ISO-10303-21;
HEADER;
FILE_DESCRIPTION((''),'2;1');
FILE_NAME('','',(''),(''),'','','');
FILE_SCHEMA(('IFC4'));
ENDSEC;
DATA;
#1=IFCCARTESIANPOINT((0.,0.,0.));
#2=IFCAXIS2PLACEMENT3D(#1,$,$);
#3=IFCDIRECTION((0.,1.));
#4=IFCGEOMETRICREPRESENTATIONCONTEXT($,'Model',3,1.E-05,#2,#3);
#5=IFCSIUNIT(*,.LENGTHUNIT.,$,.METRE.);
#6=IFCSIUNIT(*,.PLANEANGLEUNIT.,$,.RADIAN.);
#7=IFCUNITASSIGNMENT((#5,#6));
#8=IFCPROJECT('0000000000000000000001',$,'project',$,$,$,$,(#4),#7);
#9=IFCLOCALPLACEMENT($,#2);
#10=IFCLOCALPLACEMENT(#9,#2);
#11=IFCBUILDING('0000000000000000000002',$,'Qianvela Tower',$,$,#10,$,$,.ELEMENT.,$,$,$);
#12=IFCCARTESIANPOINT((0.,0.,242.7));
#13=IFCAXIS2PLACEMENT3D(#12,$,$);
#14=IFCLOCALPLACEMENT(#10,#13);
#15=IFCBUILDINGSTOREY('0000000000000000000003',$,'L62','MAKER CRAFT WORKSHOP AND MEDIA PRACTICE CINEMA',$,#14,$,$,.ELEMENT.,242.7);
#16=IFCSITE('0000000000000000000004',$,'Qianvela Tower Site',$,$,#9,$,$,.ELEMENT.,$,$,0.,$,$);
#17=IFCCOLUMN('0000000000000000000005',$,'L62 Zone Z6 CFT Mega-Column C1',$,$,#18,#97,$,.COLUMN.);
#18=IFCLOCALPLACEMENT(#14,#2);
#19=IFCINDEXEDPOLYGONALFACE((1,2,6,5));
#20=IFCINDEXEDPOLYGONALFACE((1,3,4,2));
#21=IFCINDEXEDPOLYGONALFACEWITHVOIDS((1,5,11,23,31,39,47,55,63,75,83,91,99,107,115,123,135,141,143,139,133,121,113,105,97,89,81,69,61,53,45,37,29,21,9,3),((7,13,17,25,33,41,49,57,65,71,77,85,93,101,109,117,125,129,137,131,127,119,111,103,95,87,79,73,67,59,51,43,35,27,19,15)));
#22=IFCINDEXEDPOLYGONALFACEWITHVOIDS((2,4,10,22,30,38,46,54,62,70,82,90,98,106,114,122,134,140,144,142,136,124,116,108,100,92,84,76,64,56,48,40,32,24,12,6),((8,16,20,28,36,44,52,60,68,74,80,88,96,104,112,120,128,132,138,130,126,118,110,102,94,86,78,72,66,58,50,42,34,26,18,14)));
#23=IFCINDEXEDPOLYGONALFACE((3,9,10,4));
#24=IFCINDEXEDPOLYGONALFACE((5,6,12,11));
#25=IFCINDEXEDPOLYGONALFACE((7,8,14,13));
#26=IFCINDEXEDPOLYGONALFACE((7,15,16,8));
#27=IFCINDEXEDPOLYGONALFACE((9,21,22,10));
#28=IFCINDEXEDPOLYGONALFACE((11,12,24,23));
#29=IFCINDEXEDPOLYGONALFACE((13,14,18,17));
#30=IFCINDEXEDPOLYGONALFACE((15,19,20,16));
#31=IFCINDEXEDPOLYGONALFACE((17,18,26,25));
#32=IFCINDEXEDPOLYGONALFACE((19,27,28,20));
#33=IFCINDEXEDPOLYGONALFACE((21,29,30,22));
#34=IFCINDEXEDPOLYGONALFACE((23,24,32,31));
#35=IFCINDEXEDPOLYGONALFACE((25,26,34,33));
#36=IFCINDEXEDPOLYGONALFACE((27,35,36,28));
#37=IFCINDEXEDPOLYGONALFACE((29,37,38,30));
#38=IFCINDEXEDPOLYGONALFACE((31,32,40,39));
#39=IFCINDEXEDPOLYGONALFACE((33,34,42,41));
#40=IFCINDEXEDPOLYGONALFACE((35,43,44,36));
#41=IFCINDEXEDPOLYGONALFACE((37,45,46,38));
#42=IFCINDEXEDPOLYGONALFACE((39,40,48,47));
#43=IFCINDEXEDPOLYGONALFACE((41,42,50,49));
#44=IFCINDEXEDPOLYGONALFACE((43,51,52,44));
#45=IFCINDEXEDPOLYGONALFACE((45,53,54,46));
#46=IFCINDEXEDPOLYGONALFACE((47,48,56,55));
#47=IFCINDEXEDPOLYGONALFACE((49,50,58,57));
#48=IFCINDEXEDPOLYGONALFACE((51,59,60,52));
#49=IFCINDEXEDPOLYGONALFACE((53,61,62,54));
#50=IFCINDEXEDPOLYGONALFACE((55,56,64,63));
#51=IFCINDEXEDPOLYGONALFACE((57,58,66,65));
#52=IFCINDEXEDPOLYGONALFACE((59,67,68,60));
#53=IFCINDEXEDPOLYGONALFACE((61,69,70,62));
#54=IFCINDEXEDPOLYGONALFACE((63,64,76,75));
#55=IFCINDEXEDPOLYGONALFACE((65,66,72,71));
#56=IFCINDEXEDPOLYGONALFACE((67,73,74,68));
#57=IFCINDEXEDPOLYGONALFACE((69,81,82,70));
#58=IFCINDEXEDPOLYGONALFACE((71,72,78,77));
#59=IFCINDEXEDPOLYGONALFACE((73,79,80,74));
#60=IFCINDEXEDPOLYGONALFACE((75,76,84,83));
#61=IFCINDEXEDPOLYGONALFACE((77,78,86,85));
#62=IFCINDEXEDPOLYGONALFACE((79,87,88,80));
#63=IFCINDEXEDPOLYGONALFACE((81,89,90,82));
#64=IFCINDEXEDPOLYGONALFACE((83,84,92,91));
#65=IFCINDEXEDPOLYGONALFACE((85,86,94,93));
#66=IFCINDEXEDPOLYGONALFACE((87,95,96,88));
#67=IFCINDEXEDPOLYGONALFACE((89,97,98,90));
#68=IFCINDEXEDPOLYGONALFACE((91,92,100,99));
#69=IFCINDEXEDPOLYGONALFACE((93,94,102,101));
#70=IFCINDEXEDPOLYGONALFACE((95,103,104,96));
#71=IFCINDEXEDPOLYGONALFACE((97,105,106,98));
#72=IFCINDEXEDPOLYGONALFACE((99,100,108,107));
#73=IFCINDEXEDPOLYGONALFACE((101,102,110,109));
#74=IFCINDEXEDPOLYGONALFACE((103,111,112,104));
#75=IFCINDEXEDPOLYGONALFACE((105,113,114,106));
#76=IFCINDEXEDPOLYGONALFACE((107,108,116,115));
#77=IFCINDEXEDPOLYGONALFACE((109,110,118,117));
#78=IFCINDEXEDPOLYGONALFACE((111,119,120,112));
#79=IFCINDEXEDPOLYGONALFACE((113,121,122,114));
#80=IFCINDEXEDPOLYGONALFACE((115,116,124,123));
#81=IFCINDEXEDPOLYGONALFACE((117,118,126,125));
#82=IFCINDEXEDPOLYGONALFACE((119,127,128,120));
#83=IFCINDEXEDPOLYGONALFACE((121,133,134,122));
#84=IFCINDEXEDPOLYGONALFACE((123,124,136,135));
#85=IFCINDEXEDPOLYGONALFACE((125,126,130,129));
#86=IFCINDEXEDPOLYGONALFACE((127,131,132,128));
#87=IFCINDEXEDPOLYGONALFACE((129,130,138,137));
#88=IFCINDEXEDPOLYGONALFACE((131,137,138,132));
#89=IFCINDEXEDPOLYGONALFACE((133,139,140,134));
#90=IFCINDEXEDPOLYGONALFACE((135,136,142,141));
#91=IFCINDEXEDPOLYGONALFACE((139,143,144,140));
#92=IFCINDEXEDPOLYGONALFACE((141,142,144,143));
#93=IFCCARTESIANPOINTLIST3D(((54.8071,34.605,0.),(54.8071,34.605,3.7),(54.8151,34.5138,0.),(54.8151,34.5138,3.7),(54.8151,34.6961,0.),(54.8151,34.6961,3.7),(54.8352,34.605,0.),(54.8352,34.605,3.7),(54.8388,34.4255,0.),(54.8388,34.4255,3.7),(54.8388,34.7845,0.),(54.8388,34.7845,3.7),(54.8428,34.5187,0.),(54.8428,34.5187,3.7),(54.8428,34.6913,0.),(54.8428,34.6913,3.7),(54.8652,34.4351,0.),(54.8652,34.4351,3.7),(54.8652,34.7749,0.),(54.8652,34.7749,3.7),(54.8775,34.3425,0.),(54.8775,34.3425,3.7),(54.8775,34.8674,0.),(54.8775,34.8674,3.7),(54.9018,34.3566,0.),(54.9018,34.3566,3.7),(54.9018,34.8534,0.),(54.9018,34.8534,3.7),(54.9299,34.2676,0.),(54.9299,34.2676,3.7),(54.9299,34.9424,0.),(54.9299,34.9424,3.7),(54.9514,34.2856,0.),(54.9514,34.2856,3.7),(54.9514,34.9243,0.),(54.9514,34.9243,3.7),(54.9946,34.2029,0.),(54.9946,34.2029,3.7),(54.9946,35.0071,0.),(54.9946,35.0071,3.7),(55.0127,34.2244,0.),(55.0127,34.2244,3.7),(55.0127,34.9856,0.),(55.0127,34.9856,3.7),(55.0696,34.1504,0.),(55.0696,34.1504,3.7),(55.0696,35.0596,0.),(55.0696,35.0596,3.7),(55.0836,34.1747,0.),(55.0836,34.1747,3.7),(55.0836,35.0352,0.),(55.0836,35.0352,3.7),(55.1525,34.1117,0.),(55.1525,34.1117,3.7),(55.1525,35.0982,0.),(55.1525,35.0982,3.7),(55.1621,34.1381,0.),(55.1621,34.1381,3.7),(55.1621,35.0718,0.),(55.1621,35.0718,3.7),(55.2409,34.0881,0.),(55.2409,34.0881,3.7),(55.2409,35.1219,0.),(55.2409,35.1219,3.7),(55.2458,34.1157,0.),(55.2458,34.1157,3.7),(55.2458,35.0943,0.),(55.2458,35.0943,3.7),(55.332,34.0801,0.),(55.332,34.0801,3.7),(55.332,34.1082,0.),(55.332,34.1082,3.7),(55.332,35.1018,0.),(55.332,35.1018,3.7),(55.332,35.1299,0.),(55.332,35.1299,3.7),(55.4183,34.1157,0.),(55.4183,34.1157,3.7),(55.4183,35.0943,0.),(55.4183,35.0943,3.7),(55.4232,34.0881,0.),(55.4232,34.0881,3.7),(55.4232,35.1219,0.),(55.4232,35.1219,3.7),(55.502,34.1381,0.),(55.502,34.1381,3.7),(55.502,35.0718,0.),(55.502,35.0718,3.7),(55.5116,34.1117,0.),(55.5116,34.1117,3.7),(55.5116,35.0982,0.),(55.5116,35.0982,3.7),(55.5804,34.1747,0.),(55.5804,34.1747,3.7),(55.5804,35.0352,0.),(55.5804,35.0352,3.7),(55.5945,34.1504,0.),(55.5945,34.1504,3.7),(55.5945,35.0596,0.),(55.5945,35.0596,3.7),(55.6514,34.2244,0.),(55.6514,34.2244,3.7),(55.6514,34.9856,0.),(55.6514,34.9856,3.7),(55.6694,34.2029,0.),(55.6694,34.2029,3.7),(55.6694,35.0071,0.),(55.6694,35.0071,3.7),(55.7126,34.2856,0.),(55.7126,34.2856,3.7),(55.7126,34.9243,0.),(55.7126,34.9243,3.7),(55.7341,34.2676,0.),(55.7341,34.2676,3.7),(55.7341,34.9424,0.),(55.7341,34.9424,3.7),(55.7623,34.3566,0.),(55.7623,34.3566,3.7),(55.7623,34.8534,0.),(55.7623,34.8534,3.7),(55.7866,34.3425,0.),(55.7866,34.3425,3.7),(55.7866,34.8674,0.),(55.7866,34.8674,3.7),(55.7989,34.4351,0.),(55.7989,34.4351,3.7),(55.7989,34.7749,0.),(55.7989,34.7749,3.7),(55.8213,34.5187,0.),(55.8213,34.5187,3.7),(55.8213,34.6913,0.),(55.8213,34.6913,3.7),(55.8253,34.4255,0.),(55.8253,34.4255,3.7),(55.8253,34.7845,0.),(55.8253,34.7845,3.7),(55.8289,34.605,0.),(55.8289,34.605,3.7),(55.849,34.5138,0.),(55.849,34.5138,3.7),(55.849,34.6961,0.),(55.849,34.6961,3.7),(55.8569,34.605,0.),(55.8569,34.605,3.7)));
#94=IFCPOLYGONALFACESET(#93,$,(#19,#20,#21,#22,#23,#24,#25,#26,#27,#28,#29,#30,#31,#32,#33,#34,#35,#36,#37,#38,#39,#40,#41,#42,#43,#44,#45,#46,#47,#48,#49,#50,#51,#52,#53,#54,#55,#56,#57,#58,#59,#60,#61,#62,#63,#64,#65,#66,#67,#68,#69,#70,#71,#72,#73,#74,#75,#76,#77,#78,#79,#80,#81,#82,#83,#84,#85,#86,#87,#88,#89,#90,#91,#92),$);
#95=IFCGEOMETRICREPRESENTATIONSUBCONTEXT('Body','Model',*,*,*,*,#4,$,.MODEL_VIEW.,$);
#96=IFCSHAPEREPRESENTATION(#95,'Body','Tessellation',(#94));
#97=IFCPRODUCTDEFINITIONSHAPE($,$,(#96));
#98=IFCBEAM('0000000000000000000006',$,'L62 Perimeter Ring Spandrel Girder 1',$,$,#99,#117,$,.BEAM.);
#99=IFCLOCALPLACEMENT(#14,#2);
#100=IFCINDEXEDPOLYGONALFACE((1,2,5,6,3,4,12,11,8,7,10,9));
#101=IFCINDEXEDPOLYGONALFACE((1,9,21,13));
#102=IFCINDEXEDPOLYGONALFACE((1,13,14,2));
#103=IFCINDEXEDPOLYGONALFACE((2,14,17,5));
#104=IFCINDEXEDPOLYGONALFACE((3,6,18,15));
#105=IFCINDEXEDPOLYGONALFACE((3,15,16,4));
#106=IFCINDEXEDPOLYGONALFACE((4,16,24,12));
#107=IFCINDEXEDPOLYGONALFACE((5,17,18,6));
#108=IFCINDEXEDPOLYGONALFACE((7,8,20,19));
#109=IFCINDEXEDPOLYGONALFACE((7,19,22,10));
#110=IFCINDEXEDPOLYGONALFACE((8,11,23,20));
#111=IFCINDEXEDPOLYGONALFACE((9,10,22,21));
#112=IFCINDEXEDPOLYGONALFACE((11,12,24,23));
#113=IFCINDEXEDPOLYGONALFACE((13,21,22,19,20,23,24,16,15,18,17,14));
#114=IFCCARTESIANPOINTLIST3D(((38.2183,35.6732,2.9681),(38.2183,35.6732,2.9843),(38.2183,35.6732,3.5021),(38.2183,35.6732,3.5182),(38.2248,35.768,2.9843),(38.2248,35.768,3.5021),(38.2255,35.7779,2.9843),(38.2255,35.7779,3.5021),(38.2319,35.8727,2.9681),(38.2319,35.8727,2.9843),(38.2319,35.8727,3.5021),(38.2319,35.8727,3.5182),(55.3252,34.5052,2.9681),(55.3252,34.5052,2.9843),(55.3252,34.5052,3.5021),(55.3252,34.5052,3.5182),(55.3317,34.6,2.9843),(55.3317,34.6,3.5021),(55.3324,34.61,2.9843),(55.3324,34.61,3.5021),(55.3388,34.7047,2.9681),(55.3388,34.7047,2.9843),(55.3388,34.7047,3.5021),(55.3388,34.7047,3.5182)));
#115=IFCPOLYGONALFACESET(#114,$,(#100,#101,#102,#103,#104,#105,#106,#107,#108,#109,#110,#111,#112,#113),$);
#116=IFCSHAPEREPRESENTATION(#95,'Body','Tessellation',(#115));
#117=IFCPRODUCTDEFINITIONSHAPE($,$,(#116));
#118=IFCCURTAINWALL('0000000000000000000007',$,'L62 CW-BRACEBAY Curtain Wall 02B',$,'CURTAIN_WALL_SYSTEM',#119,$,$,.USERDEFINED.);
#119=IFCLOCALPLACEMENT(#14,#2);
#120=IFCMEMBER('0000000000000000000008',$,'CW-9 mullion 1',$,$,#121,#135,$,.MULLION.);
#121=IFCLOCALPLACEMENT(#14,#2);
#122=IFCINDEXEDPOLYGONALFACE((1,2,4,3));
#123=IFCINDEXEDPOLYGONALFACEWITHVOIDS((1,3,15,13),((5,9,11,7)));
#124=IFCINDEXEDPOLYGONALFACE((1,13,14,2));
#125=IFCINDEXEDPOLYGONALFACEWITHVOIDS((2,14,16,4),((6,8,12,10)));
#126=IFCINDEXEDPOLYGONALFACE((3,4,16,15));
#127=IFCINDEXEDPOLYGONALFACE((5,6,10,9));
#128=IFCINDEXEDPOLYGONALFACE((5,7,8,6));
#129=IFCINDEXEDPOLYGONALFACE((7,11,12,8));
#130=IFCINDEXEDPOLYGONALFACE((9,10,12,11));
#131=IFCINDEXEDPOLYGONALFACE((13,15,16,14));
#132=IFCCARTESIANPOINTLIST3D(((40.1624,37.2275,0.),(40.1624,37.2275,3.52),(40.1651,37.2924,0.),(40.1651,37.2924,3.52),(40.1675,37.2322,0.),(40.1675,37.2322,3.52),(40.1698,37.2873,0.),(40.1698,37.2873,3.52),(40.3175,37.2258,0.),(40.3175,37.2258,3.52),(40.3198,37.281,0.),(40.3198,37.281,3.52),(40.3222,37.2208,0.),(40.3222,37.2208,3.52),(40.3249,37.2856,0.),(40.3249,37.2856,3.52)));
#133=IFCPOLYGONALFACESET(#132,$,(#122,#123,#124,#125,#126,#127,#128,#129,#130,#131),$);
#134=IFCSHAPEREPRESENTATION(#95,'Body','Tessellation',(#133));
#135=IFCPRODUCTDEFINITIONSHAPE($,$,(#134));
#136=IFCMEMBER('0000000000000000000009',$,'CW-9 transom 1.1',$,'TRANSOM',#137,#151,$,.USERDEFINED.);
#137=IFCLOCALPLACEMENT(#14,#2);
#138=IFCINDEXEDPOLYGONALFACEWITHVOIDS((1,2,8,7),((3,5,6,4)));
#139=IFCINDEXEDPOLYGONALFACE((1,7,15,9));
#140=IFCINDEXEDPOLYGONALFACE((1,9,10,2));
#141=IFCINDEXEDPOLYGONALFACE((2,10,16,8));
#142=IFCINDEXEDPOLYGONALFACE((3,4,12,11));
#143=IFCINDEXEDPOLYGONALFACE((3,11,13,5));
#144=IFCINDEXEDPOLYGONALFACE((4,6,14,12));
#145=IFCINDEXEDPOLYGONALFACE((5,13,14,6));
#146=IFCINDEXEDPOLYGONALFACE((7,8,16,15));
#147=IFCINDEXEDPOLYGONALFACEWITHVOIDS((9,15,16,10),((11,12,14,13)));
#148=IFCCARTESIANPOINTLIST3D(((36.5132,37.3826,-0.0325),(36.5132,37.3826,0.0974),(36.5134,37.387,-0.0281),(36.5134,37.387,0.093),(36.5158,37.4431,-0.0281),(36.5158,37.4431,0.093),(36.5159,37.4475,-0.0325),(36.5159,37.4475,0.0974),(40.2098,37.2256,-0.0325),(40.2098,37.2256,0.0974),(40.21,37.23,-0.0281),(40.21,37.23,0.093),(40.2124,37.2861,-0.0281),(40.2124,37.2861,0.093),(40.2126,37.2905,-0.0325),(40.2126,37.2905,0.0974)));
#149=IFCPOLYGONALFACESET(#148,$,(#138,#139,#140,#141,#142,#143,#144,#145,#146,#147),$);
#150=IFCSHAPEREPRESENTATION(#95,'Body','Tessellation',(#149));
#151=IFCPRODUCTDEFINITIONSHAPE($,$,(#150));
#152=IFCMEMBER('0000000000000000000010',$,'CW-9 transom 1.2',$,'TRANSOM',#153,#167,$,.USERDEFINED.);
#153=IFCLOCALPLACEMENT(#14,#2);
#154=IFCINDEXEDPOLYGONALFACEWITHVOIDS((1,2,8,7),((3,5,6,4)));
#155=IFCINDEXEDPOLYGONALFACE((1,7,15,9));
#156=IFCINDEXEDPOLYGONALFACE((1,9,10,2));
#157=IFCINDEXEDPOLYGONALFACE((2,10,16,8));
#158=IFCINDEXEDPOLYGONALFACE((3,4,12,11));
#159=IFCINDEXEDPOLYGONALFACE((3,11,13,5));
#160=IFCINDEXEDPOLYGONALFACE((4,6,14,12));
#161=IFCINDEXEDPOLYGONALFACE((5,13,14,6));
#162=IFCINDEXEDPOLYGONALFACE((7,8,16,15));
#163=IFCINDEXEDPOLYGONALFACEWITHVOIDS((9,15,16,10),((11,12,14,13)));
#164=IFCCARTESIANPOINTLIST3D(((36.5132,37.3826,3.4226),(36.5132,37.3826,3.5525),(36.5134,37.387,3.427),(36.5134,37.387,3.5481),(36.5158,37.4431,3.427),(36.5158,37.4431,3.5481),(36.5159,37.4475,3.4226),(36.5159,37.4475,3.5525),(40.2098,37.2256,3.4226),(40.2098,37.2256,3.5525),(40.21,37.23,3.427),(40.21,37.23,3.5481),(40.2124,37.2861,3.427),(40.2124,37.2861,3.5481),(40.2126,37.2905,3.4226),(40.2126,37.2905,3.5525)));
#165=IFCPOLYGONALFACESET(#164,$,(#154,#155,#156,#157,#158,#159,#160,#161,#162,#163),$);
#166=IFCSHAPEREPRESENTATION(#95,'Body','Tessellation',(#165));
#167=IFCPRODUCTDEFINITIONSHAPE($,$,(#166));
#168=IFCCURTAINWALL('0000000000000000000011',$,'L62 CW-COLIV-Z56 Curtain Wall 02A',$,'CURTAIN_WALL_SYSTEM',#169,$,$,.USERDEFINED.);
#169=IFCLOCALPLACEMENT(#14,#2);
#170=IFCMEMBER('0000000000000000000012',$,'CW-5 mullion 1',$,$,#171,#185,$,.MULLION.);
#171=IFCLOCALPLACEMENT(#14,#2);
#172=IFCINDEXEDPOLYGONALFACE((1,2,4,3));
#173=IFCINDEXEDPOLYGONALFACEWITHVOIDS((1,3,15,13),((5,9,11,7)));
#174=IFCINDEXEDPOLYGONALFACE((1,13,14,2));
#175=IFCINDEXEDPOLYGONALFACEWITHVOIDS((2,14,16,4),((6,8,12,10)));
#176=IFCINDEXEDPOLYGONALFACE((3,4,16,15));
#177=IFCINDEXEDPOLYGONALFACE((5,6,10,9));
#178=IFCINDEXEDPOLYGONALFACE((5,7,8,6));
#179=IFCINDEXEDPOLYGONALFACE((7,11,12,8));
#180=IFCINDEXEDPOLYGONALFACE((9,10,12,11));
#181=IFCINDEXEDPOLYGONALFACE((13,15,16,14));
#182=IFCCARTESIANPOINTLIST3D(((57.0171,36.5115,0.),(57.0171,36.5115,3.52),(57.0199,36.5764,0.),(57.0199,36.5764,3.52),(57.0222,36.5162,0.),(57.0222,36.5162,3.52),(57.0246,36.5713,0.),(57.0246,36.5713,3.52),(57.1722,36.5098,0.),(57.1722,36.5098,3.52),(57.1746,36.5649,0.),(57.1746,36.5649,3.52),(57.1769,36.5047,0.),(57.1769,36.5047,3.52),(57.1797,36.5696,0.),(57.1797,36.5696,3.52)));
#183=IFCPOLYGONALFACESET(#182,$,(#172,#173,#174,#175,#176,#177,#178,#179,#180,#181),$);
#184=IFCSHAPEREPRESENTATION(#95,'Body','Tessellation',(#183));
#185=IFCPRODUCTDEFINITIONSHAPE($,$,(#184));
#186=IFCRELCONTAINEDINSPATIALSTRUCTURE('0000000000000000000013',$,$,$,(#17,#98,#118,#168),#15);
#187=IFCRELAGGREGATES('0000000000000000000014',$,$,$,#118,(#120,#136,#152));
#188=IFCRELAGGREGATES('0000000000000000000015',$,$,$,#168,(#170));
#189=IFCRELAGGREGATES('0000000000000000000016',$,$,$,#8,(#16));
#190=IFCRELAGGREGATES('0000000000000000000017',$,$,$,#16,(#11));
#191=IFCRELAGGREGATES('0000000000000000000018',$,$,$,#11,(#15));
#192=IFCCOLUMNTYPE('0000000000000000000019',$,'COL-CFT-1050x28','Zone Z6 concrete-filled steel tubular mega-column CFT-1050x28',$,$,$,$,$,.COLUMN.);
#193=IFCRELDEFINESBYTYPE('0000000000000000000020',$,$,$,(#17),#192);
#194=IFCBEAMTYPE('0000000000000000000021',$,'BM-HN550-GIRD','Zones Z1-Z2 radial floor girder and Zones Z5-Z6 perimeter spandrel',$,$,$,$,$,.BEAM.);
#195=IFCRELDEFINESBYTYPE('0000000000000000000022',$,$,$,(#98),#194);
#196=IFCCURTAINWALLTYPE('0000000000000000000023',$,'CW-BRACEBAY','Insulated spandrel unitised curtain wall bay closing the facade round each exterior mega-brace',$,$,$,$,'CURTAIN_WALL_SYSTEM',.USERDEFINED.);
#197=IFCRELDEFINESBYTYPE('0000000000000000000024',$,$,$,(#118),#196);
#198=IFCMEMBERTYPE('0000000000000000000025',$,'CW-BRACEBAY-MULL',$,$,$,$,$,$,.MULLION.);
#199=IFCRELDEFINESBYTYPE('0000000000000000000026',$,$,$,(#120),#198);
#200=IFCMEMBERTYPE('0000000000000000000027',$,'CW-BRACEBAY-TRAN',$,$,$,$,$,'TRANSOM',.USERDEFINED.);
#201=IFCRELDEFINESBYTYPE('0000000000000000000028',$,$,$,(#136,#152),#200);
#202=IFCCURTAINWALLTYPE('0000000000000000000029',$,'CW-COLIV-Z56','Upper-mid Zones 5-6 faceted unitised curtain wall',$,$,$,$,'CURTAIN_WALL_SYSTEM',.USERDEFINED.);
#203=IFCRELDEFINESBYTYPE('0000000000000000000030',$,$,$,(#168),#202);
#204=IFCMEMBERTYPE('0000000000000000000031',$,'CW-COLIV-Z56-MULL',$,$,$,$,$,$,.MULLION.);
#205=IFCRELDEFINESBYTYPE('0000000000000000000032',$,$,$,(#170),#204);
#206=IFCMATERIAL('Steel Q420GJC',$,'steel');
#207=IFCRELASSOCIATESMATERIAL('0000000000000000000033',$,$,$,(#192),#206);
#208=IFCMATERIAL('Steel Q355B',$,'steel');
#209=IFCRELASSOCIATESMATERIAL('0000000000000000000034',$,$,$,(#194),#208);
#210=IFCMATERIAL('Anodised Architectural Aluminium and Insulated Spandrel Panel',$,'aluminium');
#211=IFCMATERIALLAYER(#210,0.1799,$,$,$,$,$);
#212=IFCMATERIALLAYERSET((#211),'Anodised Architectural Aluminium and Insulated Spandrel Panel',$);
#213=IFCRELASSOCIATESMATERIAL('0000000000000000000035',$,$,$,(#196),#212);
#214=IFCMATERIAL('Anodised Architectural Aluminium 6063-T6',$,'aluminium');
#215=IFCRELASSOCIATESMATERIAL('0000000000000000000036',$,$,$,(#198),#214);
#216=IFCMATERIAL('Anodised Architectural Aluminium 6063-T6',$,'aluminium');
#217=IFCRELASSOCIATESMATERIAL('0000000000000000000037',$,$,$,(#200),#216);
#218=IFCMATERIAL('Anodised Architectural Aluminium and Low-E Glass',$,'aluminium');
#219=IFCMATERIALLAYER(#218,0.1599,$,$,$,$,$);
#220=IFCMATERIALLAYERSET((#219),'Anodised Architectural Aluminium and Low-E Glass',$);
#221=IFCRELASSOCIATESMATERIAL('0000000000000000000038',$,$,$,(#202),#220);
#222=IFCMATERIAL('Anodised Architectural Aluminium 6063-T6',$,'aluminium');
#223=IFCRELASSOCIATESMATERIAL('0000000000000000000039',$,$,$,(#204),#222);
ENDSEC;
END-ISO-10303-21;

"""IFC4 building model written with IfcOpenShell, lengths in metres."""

from ifc_helpers import new_model, si_unit, direction, frame, origin, origin_2d, place, context, subcontext, project, spatial, hollow_rectangle, hollow_circle, i_section, extrude, material, layer, layer_set, material_profile, profile_set, type_object, element, aggregate, save


model = new_model("IFC4")

# Units and contexts
model_context = context("Model", 3, precision=1e-05, world=origin(), true_north=direction((0.0, 1.0)))
body_context = subcontext(model_context, "Body", "Model", "MODEL_VIEW")
ifc_project = project(units=[si_unit("LENGTHUNIT", "METRE"), si_unit("PLANEANGLEUNIT", "RADIAN")], contexts=[model_context])

# Site, building, storey
site_placement = place(None, origin())
site = spatial("IfcSite", under=ifc_project, at=site_placement, Name="Qianvela Tower Site", CompositionType="ELEMENT", RefElevation=0.0)
building_placement = place(site_placement, origin())
building = spatial("IfcBuilding", under=site, at=building_placement, Name="Qianvela Tower", CompositionType="ELEMENT")
storey_placement = place(building_placement, frame((0.0, 0.0, 242.7)))
storey = spatial("IfcBuildingStorey", under=building, at=storey_placement, Name="L62", Description="MAKER CRAFT WORKSHOP AND MEDIA PRACTICE CINEMA", CompositionType="ELEMENT", Elevation=242.7)

# Column
ifc_material_1 = material(Name="Steel Q420GJC", Category="steel")
ifc_material_profile_1 = material_profile(ifc_material_1, hollow_circle(Radius=0.5249, WallThickness=0.0281, at=origin_2d()), Name="CFT-1050x28")
ifc_profile_set_1 = profile_set([ifc_material_profile_1], Name="Steel Q420GJC")
column_type = type_object("IfcColumnType", Name="COL-CFT-1050x28", Description="Zone Z6 concrete-filled steel tubular mega-column CFT-1050x28", PredefinedType="COLUMN", material=ifc_profile_set_1)
column_placement = place(storey_placement, frame((55.332, 34.605, 0.0), z_axis=(0.0, 0.0, 1.0), x_axis=(1.0, 0.0, 0.0)))
element("IfcColumn", 1, at=column_placement, inside=storey, type_object=column_type, Name="L62 Zone Z6 CFT Mega-Column C1", PredefinedType="COLUMN", context=body_context, shape_type="SweptSolid", body=[
    extrude(hollow_circle(Radius=0.5249, WallThickness=0.0281, at=origin_2d()), origin(), (0.0, 0.0, 1.0), 3.7),
])

# Beam
ifc_material_2 = material(Name="Steel Q355B", Category="steel")
ifc_material_profile_2 = material_profile(ifc_material_2, i_section(OverallWidth=0.2, OverallDepth=0.55, WebThickness=0.01, FlangeThickness=0.0161, at=origin_2d()), Name="HN550x200x10x16")
ifc_profile_set_2 = profile_set([ifc_material_profile_2], Name="Steel Q355B")
beam_type = type_object("IfcBeamType", Name="BM-HN550-GIRD", Description="Zones Z1-Z2 radial floor girder and Zones Z5-Z6 perimeter spandrel", PredefinedType="BEAM", material=ifc_profile_set_2)
beam_placement = place(storey_placement, frame((55.332, 34.605, 3.2432), z_axis=(-0.997677, 0.068116, 0.0), x_axis=(-0.068116, -0.997677, 0.0)))
element("IfcBeam", 2, at=beam_placement, inside=storey, type_object=beam_type, Name="L62 Perimeter Ring Spandrel Girder 1", PredefinedType="BEAM", context=body_context, shape_type="SweptSolid", body=[
    extrude(i_section(OverallWidth=0.2, OverallDepth=0.55, WebThickness=0.01, FlangeThickness=0.0161, at=origin_2d()), origin(), (0.0, 0.0, 1.0), 17.1467),
])

# Curtain walls, members
ifc_material_3 = material(Name="Anodised Architectural Aluminium and Insulated Spandrel Panel", Category="aluminium")
ifc_layer_1 = layer(ifc_material_3, 0.1799)
ifc_layer_set_1 = layer_set([ifc_layer_1], Name="Anodised Architectural Aluminium and Insulated Spandrel Panel")
curtain_wall_type_1 = type_object("IfcCurtainWallType", Name="CW-BRACEBAY", Description="Insulated spandrel unitised curtain wall bay closing the facade round each exterior mega-brace", ElementType="CURTAIN_WALL_SYSTEM", PredefinedType="USERDEFINED", material=ifc_layer_set_1)
curtain_wall_1_placement = place(storey_placement, origin())
curtain_wall_1 = element("IfcCurtainWall", 3, at=curtain_wall_1_placement, inside=storey, type_object=curtain_wall_type_1, Name="L62 CW-BRACEBAY Curtain Wall 02B", ObjectType="CURTAIN_WALL_SYSTEM", PredefinedType="USERDEFINED")
ifc_material_4 = material(Name="Anodised Architectural Aluminium 6063-T6", Category="aluminium")
ifc_material_profile_3 = material_profile(ifc_material_4, hollow_rectangle(XDim=0.0649, YDim=0.1599, WallThickness=0.0049, at=origin_2d()), Name="ALU-MULL-65x160")
ifc_profile_set_3 = profile_set([ifc_material_profile_3], Name="Anodised Architectural Aluminium 6063-T6")
member_type_1 = type_object("IfcMemberType", Name="CW-BRACEBAY-MULL", PredefinedType="MULLION", material=ifc_profile_set_3)
member_1_placement = place(storey_placement, frame((40.2437, 37.2566, 0.0), z_axis=(0.0, 0.0, 1.0), x_axis=(-0.042454, -0.999098, 0.0)))
member_1 = element("IfcMember", 4, at=member_1_placement, type_object=member_type_1, Name="CW-9 mullion 1", PredefinedType="MULLION", context=body_context, shape_type="SweptSolid", body=[
    extrude(hollow_rectangle(XDim=0.0649, YDim=0.1599, WallThickness=0.0049, at=origin_2d()), origin(), (0.0, 0.0, 1.0), 3.52),
])
ifc_material_5 = material(Name="Anodised Architectural Aluminium 6063-T6", Category="aluminium")
ifc_material_profile_4 = material_profile(ifc_material_5, hollow_rectangle(XDim=0.0649, YDim=0.1299, WallThickness=0.0044, at=origin_2d()), Name="ALU-TRAN-65x130")
ifc_profile_set_4 = profile_set([ifc_material_profile_4], Name="Anodised Architectural Aluminium 6063-T6")
member_type_2 = type_object("IfcMemberType", Name="CW-BRACEBAY-TRAN", ElementType="TRANSOM", PredefinedType="USERDEFINED", material=ifc_profile_set_4)
member_2_placement = place(storey_placement, frame((40.2112, 37.2581, 0.0325), z_axis=(-0.999099, 0.042429, 0.0), x_axis=(-0.042429, -0.999099, 0.0)))
member_2 = element("IfcMember", 5, at=member_2_placement, type_object=member_type_2, Name="CW-9 transom 1.1", ObjectType="TRANSOM", PredefinedType="USERDEFINED", context=body_context, shape_type="SweptSolid", body=[
    extrude(hollow_rectangle(XDim=0.0649, YDim=0.1299, WallThickness=0.0044, at=origin_2d()), origin(), (0.0, 0.0, 1.0), 3.7),
])
member_3_placement = place(storey_placement, frame((40.2112, 37.2581, 3.4875), z_axis=(-0.999099, 0.042429, 0.0), x_axis=(-0.042429, -0.999099, 0.0)))
member_3 = element("IfcMember", 6, at=member_3_placement, type_object=member_type_2, Name="CW-9 transom 1.2", ObjectType="TRANSOM", PredefinedType="USERDEFINED", context=body_context, shape_type="SweptSolid", body=[
    extrude(hollow_rectangle(XDim=0.0649, YDim=0.1299, WallThickness=0.0044, at=origin_2d()), origin(), (0.0, 0.0, 1.0), 3.7),
])
aggregate(curtain_wall_1, [member_1, member_2, member_3])
ifc_material_6 = material(Name="Anodised Architectural Aluminium and Low-E Glass", Category="aluminium")
ifc_layer_2 = layer(ifc_material_6, 0.1599)
ifc_layer_set_2 = layer_set([ifc_layer_2], Name="Anodised Architectural Aluminium and Low-E Glass")
curtain_wall_type_2 = type_object("IfcCurtainWallType", Name="CW-COLIV-Z56", Description="Upper-mid Zones 5-6 faceted unitised curtain wall", ElementType="CURTAIN_WALL_SYSTEM", PredefinedType="USERDEFINED", material=ifc_layer_set_2)
curtain_wall_2_placement = place(storey_placement, origin())
curtain_wall_2 = element("IfcCurtainWall", 7, at=curtain_wall_2_placement, inside=storey, type_object=curtain_wall_type_2, Name="L62 CW-COLIV-Z56 Curtain Wall 02A", ObjectType="CURTAIN_WALL_SYSTEM", PredefinedType="USERDEFINED")
ifc_material_7 = material(Name="Anodised Architectural Aluminium 6063-T6", Category="aluminium")
ifc_material_profile_5 = material_profile(ifc_material_7, hollow_rectangle(XDim=0.0649, YDim=0.1599, WallThickness=0.0049, at=origin_2d()), Name="ALU-MULL-65x160")
ifc_profile_set_5 = profile_set([ifc_material_profile_5], Name="Anodised Architectural Aluminium 6063-T6")
member_type_3 = type_object("IfcMemberType", Name="CW-COLIV-Z56-MULL", PredefinedType="MULLION", material=ifc_profile_set_5)
member_4_placement = place(storey_placement, frame((57.0984, 36.5405, 0.0), z_axis=(0.0, 0.0, 1.0), x_axis=(-0.042454, -0.999098, 0.0)))
member_4 = element("IfcMember", 8, at=member_4_placement, type_object=member_type_3, Name="CW-5 mullion 1", PredefinedType="MULLION", context=body_context, shape_type="SweptSolid", body=[
    extrude(hollow_rectangle(XDim=0.0649, YDim=0.1599, WallThickness=0.0049, at=origin_2d()), origin(), (0.0, 0.0, 1.0), 3.52),
])

aggregate(curtain_wall_2, [member_4])

save(model, "model.ifc")
